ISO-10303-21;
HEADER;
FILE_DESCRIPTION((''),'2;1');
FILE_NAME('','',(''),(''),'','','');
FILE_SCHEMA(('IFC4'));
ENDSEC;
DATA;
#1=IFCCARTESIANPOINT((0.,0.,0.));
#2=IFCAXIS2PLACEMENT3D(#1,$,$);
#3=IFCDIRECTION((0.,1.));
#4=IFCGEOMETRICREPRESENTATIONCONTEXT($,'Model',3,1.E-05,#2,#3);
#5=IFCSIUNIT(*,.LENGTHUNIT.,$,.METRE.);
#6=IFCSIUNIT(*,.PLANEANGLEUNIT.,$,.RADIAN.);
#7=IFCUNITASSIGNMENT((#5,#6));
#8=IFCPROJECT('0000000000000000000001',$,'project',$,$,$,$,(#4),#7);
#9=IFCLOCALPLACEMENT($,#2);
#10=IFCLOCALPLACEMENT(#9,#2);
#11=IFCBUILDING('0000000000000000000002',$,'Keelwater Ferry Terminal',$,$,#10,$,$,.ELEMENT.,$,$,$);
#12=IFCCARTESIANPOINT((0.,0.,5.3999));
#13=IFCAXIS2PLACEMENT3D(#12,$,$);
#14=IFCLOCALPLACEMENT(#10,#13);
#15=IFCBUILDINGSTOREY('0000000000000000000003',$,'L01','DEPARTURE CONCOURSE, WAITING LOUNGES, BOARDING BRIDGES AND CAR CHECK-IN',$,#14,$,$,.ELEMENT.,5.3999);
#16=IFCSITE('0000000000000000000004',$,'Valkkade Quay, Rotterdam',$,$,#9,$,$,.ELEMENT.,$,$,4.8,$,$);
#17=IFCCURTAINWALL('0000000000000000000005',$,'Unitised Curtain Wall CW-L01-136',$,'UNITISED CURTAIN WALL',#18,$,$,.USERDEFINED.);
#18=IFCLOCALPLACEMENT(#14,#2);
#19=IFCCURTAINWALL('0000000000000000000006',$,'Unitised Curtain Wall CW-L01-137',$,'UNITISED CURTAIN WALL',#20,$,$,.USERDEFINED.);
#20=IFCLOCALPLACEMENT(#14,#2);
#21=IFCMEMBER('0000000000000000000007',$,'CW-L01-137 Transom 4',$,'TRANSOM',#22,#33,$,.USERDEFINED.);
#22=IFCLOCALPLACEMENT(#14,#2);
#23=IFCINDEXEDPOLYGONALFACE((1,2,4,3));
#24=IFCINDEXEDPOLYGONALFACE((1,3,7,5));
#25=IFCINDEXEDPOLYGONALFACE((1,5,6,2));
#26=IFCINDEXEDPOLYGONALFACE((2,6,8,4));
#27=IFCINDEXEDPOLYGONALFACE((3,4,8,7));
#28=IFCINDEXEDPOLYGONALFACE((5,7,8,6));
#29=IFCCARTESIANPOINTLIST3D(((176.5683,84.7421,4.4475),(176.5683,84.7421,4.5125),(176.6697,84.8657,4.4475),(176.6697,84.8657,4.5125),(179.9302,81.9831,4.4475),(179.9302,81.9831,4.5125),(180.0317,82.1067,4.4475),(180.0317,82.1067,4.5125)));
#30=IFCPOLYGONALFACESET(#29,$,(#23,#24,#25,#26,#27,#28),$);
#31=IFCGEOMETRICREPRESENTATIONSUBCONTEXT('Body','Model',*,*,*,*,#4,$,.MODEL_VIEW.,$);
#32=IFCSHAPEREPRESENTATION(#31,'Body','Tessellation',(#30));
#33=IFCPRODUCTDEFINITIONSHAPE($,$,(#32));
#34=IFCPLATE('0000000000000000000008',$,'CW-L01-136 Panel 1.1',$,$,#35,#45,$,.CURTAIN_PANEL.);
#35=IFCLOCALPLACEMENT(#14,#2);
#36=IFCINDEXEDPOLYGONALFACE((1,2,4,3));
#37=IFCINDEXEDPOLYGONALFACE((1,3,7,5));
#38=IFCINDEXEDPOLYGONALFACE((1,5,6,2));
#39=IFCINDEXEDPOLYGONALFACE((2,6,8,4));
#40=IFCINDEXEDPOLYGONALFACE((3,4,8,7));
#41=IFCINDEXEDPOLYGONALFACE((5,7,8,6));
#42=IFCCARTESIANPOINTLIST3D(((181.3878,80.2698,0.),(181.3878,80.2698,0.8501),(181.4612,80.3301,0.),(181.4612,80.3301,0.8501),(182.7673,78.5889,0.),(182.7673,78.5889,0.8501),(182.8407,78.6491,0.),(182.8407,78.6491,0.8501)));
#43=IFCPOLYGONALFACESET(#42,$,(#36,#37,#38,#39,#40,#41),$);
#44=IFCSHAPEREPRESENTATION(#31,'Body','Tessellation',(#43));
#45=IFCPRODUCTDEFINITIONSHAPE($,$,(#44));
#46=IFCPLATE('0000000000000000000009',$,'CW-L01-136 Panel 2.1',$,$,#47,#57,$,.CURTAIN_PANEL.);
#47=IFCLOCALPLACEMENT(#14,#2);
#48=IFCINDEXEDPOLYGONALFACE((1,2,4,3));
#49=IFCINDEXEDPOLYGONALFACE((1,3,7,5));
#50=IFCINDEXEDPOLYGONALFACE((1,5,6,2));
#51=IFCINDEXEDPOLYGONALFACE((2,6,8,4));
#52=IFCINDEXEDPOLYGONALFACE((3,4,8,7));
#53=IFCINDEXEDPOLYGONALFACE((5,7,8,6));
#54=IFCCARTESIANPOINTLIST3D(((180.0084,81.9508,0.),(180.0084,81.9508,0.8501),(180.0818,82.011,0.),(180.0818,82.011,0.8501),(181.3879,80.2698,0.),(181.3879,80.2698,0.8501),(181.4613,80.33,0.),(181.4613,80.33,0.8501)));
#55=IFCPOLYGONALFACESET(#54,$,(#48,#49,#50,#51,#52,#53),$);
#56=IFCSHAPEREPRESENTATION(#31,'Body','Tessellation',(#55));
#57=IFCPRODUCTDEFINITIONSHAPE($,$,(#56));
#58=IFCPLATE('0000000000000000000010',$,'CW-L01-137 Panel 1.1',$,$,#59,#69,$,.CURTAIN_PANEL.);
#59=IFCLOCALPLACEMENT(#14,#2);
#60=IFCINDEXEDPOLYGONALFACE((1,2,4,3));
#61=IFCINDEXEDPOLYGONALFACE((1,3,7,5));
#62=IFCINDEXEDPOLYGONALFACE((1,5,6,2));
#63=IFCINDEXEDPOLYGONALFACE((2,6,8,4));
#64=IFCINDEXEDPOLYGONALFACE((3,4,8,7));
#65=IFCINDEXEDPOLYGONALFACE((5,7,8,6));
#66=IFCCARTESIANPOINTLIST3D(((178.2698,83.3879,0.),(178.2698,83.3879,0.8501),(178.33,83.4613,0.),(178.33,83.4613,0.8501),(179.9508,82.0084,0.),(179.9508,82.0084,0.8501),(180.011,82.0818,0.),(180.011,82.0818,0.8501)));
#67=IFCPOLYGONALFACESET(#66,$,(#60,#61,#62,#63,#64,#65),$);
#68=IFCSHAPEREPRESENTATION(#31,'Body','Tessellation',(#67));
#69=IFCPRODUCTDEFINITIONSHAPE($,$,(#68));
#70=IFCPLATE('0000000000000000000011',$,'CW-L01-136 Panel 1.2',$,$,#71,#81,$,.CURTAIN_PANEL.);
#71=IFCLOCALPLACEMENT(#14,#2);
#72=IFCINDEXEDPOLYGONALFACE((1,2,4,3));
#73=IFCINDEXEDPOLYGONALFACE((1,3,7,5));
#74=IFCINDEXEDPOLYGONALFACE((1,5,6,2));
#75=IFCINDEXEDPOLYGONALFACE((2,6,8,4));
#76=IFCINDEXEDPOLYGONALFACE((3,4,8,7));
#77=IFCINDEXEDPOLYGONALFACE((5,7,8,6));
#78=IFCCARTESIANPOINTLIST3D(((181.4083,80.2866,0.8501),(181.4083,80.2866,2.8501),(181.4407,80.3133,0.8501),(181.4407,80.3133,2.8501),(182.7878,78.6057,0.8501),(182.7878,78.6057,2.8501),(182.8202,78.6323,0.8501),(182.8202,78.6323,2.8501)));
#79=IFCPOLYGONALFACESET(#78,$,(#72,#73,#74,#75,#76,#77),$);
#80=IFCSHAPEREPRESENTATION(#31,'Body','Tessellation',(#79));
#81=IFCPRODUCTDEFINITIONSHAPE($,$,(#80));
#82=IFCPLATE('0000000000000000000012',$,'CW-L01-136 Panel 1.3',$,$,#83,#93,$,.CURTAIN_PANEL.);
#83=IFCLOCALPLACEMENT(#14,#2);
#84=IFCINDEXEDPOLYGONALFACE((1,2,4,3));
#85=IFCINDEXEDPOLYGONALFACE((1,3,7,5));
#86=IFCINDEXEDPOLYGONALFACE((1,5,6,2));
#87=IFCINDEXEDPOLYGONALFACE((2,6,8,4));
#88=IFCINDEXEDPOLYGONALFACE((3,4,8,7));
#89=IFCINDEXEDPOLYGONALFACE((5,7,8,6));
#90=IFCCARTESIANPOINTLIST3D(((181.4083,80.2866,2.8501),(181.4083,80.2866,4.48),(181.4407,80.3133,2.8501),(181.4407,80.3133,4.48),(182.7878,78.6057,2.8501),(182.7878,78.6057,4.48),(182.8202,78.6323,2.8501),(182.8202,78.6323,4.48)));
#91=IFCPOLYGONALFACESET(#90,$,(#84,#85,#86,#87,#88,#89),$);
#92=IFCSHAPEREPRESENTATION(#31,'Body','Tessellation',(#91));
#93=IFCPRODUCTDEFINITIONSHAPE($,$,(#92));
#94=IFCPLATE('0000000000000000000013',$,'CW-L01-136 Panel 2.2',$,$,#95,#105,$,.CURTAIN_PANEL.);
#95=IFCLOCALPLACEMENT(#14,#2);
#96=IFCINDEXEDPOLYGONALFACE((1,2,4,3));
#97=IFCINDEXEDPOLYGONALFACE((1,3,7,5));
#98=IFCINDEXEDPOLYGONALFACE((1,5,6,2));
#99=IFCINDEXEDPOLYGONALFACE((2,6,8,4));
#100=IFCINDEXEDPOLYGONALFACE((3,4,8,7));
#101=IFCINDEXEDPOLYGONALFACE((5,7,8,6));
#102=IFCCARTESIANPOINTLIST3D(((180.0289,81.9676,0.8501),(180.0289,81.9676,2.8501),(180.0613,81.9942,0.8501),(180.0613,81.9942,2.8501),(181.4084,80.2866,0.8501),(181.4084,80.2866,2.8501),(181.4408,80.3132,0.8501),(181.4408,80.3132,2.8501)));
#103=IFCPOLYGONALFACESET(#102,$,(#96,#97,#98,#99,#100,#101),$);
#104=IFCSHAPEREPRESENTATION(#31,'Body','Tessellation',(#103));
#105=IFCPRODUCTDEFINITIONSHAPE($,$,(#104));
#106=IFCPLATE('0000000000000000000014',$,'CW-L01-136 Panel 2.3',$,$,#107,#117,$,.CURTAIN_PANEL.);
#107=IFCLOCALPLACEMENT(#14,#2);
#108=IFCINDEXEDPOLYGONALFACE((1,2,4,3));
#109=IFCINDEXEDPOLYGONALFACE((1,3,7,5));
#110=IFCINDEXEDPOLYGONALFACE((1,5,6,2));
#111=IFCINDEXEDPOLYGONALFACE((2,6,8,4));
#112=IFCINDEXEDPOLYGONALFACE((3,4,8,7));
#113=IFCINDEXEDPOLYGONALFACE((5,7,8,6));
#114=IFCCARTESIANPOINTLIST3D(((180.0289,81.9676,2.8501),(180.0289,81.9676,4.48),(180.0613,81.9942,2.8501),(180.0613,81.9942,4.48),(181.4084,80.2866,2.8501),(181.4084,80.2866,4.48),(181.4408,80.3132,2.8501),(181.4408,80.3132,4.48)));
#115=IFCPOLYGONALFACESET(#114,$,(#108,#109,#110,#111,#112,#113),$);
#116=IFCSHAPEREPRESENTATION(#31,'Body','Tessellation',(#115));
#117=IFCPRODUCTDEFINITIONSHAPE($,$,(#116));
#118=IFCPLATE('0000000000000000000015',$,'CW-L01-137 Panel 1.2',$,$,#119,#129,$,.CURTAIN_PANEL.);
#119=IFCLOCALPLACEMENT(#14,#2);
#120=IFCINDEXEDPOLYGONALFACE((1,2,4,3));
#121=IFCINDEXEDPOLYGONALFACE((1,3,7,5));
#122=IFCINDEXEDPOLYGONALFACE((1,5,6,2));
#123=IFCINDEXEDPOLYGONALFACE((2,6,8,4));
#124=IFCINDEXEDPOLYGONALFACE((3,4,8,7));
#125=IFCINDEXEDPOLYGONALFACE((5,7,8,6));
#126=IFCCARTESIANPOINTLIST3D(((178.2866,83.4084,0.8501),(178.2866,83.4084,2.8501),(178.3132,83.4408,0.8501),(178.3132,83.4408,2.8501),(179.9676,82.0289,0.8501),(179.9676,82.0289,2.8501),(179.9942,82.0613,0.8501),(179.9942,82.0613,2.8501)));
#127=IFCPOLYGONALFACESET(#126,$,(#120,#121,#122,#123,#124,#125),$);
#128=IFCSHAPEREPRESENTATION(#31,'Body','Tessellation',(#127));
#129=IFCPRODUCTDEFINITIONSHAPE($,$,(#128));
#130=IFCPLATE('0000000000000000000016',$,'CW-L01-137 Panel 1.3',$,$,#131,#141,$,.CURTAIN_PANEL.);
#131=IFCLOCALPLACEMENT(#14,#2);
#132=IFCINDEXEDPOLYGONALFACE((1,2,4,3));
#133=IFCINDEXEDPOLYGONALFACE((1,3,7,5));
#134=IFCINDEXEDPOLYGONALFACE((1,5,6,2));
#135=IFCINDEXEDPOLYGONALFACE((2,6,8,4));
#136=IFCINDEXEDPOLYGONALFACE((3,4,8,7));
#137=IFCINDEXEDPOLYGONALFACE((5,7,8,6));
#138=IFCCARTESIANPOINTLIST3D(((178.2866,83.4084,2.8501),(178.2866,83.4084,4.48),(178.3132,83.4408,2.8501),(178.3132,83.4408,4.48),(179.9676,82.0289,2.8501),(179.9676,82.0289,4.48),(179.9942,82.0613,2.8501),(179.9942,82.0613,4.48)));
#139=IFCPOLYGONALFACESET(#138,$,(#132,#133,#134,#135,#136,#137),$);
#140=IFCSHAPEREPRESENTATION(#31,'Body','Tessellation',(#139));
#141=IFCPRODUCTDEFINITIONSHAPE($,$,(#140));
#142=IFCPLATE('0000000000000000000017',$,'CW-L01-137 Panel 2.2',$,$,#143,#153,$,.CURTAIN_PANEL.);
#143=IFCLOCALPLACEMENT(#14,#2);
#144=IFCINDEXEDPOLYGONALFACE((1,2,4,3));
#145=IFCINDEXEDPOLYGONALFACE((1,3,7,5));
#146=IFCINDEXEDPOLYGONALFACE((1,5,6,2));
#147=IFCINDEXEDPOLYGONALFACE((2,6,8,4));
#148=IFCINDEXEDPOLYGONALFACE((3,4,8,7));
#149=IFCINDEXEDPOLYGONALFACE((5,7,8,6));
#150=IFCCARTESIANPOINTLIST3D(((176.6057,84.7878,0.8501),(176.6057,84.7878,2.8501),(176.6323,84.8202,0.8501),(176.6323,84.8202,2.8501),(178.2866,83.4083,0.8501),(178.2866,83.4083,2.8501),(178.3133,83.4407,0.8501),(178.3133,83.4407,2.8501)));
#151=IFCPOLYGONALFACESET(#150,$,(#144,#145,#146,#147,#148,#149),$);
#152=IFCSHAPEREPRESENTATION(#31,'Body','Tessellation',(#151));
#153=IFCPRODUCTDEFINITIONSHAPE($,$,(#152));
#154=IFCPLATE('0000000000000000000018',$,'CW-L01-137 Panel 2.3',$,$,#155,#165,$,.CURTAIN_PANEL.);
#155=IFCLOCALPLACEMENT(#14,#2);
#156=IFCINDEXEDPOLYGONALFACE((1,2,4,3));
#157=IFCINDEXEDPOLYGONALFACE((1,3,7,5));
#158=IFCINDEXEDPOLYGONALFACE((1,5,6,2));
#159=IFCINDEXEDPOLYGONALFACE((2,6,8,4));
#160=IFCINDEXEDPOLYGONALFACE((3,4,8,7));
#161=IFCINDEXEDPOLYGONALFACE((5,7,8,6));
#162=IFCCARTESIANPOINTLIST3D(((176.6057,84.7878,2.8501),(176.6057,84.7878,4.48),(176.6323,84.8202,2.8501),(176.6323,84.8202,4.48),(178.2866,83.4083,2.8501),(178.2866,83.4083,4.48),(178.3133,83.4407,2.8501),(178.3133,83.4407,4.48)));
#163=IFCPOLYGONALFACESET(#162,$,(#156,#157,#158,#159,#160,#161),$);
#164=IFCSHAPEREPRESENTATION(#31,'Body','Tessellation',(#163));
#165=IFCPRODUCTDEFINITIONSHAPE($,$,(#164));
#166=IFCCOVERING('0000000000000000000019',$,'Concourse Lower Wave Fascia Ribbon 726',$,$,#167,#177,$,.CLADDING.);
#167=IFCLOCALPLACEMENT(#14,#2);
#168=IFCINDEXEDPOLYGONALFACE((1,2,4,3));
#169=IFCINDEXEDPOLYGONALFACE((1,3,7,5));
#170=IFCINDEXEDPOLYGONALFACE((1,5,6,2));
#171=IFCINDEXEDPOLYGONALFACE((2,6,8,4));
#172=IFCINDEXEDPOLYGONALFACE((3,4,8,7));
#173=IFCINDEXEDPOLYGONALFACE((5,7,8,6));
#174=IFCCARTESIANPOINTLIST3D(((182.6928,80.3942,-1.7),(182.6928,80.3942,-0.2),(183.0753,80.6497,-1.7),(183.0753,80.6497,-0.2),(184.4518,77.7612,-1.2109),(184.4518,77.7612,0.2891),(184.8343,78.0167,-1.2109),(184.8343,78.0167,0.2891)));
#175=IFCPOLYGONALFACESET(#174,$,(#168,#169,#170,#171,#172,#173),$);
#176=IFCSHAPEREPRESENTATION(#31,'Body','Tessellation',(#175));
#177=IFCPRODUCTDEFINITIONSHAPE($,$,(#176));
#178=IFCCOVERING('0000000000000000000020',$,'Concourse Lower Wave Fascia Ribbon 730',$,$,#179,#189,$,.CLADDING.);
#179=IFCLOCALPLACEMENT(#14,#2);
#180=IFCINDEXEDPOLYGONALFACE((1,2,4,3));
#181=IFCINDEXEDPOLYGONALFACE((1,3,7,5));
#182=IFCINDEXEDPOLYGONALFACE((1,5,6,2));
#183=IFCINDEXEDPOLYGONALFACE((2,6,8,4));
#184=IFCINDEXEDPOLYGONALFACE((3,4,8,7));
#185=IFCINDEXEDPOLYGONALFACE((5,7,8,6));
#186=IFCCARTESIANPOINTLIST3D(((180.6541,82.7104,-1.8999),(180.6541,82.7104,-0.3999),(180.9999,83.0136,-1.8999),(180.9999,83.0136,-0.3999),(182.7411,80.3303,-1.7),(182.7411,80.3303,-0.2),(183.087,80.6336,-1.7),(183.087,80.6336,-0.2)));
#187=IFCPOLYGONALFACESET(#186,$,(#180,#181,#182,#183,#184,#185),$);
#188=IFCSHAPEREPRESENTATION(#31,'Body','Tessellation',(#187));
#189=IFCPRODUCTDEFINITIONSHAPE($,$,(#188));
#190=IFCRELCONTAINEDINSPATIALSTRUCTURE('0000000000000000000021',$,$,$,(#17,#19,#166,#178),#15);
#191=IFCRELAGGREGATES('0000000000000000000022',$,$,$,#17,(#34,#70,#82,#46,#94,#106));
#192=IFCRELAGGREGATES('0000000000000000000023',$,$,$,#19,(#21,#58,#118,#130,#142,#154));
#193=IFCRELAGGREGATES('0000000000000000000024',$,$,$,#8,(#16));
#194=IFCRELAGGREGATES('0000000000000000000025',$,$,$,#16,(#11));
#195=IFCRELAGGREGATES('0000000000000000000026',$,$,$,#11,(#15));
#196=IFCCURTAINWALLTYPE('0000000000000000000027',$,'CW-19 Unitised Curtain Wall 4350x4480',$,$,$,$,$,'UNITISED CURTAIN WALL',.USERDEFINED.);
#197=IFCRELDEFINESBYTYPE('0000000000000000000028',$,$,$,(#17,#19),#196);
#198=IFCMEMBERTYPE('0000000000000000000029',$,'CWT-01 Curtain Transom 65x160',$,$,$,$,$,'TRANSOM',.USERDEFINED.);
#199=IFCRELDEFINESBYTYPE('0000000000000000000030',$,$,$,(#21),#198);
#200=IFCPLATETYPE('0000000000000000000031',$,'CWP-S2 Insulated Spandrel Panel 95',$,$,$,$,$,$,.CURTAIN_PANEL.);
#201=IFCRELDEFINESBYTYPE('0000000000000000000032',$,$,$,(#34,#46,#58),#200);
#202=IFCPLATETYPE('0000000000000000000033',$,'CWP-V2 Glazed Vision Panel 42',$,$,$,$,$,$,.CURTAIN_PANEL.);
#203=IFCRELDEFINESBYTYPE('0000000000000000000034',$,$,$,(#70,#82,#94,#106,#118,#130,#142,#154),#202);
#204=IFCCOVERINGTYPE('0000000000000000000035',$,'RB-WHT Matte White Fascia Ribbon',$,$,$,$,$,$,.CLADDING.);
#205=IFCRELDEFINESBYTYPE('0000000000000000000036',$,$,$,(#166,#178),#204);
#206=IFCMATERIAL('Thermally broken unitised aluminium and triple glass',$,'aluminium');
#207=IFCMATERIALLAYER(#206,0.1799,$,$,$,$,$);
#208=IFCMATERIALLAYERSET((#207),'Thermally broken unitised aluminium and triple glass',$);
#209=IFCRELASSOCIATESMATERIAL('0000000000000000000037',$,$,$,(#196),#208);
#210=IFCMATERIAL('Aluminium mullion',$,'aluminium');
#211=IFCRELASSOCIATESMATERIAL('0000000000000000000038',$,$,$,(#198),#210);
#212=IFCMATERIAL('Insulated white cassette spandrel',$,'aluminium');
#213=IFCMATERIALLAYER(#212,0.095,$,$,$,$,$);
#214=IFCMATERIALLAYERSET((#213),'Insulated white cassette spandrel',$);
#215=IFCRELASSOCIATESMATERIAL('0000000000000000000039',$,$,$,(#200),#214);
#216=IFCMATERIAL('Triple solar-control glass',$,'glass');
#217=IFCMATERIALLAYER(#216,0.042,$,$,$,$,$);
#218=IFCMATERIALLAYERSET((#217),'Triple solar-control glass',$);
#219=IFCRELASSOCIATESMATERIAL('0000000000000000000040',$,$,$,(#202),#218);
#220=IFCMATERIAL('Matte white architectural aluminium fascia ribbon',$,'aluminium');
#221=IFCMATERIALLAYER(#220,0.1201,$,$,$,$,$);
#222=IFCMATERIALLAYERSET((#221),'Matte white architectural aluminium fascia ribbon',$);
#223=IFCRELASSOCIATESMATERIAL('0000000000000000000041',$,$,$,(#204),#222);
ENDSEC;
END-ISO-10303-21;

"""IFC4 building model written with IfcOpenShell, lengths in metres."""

from ifc_helpers import new_model, si_unit, direction, frame, origin, origin_2d, place, context, subcontext, project, spatial, polyline, rectangle, outline, extrude, material, layer, layer_set, material_profile, profile_set, type_object, element, aggregate, save


model = new_model("IFC4")

# Units and contexts
model_context = context("Model", 3, precision=1e-05, world=origin(), true_north=direction((0.0, 1.0)))
body_context = subcontext(model_context, "Body", "Model", "MODEL_VIEW")
ifc_project = project(units=[si_unit("LENGTHUNIT", "METRE"), si_unit("PLANEANGLEUNIT", "RADIAN")], contexts=[model_context])

# Site, building, storey
site_placement = place(None, origin())
site = spatial("IfcSite", under=ifc_project, at=site_placement, Name="Valkkade Quay, Rotterdam", CompositionType="ELEMENT", RefElevation=4.8)
building_placement = place(site_placement, origin())
building = spatial("IfcBuilding", under=site, at=building_placement, Name="Keelwater Ferry Terminal", CompositionType="ELEMENT")
storey_placement = place(building_placement, frame((0.0, 0.0, 5.3999)))
storey = spatial("IfcBuildingStorey", under=building, at=storey_placement, Name="L01", Description="DEPARTURE CONCOURSE, WAITING LOUNGES, BOARDING BRIDGES AND CAR CHECK-IN", CompositionType="ELEMENT", Elevation=5.3999)

# Shared definitions
ifc_material_1 = material(Name="Thermally broken unitised aluminium and triple glass", Category="aluminium")
ifc_layer_1 = layer(ifc_material_1, 0.1799)
ifc_layer_set_1 = layer_set([ifc_layer_1], Name="Thermally broken unitised aluminium and triple glass")
curtain_wall_type = type_object("IfcCurtainWallType", Name="CW-19 Unitised Curtain Wall 4350x4480", ElementType="UNITISED CURTAIN WALL", PredefinedType="USERDEFINED", material=ifc_layer_set_1)

# Curtain walls
curtain_wall_1_placement = place(storey_placement, origin())
curtain_wall_1 = element("IfcCurtainWall", 1, at=curtain_wall_1_placement, inside=storey, type_object=curtain_wall_type, Name="Unitised Curtain Wall CW-L01-136", ObjectType="UNITISED CURTAIN WALL", PredefinedType="USERDEFINED")
curtain_wall_2_placement = place(storey_placement, origin())
curtain_wall_2 = element("IfcCurtainWall", 2, at=curtain_wall_2_placement, inside=storey, type_object=curtain_wall_type, Name="Unitised Curtain Wall CW-L01-137", ObjectType="UNITISED CURTAIN WALL", PredefinedType="USERDEFINED")

# Member
ifc_material_2 = material(Name="Aluminium mullion", Category="aluminium")
ifc_material_profile_1 = material_profile(ifc_material_2, rectangle(XDim=0.1599, YDim=0.0649, at=origin_2d()), Name="CWT-01")
ifc_profile_set_1 = profile_set([ifc_material_profile_1], Name="Aluminium mullion")
member_type_1 = type_object("IfcMemberType", Name="CWT-01 Curtain Transom 65x160", ElementType="TRANSOM", PredefinedType="USERDEFINED", material=ifc_profile_set_1)
member_1_placement = place(storey_placement, frame((179.981, 82.0449, 4.48), z_axis=(-0.773026, 0.634374, 0.0), x_axis=(-0.634374, -0.773026, 0.0)))
member_1 = element("IfcMember", 3, at=member_1_placement, type_object=member_type_1, Name="CW-L01-137 Transom 4", ObjectType="TRANSOM", PredefinedType="USERDEFINED", context=body_context, shape_type="SweptSolid", body=[
    extrude(rectangle(XDim=0.1599, YDim=0.0649, at=origin_2d()), origin(), (0.0, 0.0, 1.0), 4.3491),
])

# Plates
ifc_material_3 = material(Name="Insulated white cassette spandrel", Category="aluminium")
ifc_layer_2 = layer(ifc_material_3, 0.095)
ifc_layer_set_2 = layer_set([ifc_layer_2], Name="Insulated white cassette spandrel")
plate_type_1 = type_object("IfcPlateType", Name="CWP-S2 Insulated Spandrel Panel 95", PredefinedType="CURTAIN_PANEL", material=ifc_layer_set_2)
plate_1_placement = place(storey_placement, frame((182.1143, 79.4595, 0.0), z_axis=(0.0, 0.0, 1.0), x_axis=(-0.634377, 0.773024, 0.0)))
plate_1 = element("IfcPlate", 4, at=plate_1_placement, type_object=plate_type_1, Name="CW-L01-136 Panel 1.1", PredefinedType="CURTAIN_PANEL", context=body_context, shape_type="SweptSolid", body=[
    extrude(rectangle(XDim=2.1746, YDim=0.095, at=origin_2d()), origin(), (0.0, 0.0, 1.0), 0.8501),
])
plate_2_placement = place(storey_placement, frame((180.7349, 81.1404, 0.0), z_axis=(0.0, 0.0, 1.0), x_axis=(-0.634377, 0.773024, 0.0)))
plate_2 = element("IfcPlate", 5, at=plate_2_placement, type_object=plate_type_1, Name="CW-L01-136 Panel 2.1", PredefinedType="CURTAIN_PANEL", context=body_context, shape_type="SweptSolid", body=[
    extrude(rectangle(XDim=2.1746, YDim=0.095, at=origin_2d()), origin(), (0.0, 0.0, 1.0), 0.8501),
])
plate_3_placement = place(storey_placement, frame((179.1404, 82.7349, 0.0), z_axis=(0.0, 0.0, 1.0), x_axis=(-0.773024, 0.634377, 0.0)))
plate_3 = element("IfcPlate", 6, at=plate_3_placement, type_object=plate_type_1, Name="CW-L01-137 Panel 1.1", PredefinedType="CURTAIN_PANEL", context=body_context, shape_type="SweptSolid", body=[
    extrude(rectangle(XDim=2.1746, YDim=0.095, at=origin_2d()), origin(), (0.0, 0.0, 1.0), 0.8501),
])
ifc_material_4 = material(Name="Triple solar-control glass", Category="glass")
ifc_layer_3 = layer(ifc_material_4, 0.042)
ifc_layer_set_3 = layer_set([ifc_layer_3], Name="Triple solar-control glass")
plate_type_2 = type_object("IfcPlateType", Name="CWP-V2 Glazed Vision Panel 42", PredefinedType="CURTAIN_PANEL", material=ifc_layer_set_3)
plate_4_placement = place(storey_placement, frame((182.1143, 79.4595, 0.8501), z_axis=(0.0, 0.0, 1.0), x_axis=(-0.634377, 0.773024, 0.0)))
plate_4 = element("IfcPlate", 7, at=plate_4_placement, type_object=plate_type_2, Name="CW-L01-136 Panel 1.2", PredefinedType="CURTAIN_PANEL", context=body_context, shape_type="SweptSolid", body=[
    extrude(rectangle(XDim=2.1746, YDim=0.042, at=origin_2d()), origin(), (0.0, 0.0, 1.0), 2.0),
])
plate_5_placement = place(storey_placement, frame((182.1143, 79.4595, 2.8501), z_axis=(0.0, 0.0, 1.0), x_axis=(-0.634377, 0.773024, 0.0)))
plate_5 = element("IfcPlate", 8, at=plate_5_placement, type_object=plate_type_2, Name="CW-L01-136 Panel 1.3", PredefinedType="CURTAIN_PANEL", context=body_context, shape_type="SweptSolid", body=[
    extrude(rectangle(XDim=2.1746, YDim=0.042, at=origin_2d()), origin(), (0.0, 0.0, 1.0), 1.6299),
])
plate_6_placement = place(storey_placement, frame((180.7349, 81.1404, 0.8501), z_axis=(0.0, 0.0, 1.0), x_axis=(-0.634377, 0.773024, 0.0)))
plate_6 = element("IfcPlate", 9, at=plate_6_placement, type_object=plate_type_2, Name="CW-L01-136 Panel 2.2", PredefinedType="CURTAIN_PANEL", context=body_context, shape_type="SweptSolid", body=[
    extrude(rectangle(XDim=2.1746, YDim=0.042, at=origin_2d()), origin(), (0.0, 0.0, 1.0), 2.0),
])
plate_7_placement = place(storey_placement, frame((180.7349, 81.1404, 2.8501), z_axis=(0.0, 0.0, 1.0), x_axis=(-0.634377, 0.773024, 0.0)))
plate_7 = element("IfcPlate", 10, at=plate_7_placement, type_object=plate_type_2, Name="CW-L01-136 Panel 2.3", PredefinedType="CURTAIN_PANEL", context=body_context, shape_type="SweptSolid", body=[
    extrude(rectangle(XDim=2.1746, YDim=0.042, at=origin_2d()), origin(), (0.0, 0.0, 1.0), 1.6299),
])
aggregate(curtain_wall_1, [plate_1, plate_4, plate_5, plate_2, plate_6, plate_7])
plate_8_placement = place(storey_placement, frame((179.1404, 82.7349, 0.8501), z_axis=(0.0, 0.0, 1.0), x_axis=(-0.773024, 0.634377, 0.0)))
plate_8 = element("IfcPlate", 11, at=plate_8_placement, type_object=plate_type_2, Name="CW-L01-137 Panel 1.2", PredefinedType="CURTAIN_PANEL", context=body_context, shape_type="SweptSolid", body=[
    extrude(rectangle(XDim=2.1746, YDim=0.042, at=origin_2d()), origin(), (0.0, 0.0, 1.0), 2.0),
])
plate_9_placement = place(storey_placement, frame((179.1404, 82.7349, 2.8501), z_axis=(0.0, 0.0, 1.0), x_axis=(-0.773024, 0.634377, 0.0)))
plate_9 = element("IfcPlate", 12, at=plate_9_placement, type_object=plate_type_2, Name="CW-L01-137 Panel 1.3", PredefinedType="CURTAIN_PANEL", context=body_context, shape_type="SweptSolid", body=[
    extrude(rectangle(XDim=2.1746, YDim=0.042, at=origin_2d()), origin(), (0.0, 0.0, 1.0), 1.6299),
])
plate_10_placement = place(storey_placement, frame((177.4595, 84.1143, 0.8501), z_axis=(0.0, 0.0, 1.0), x_axis=(-0.773024, 0.634377, 0.0)))
plate_10 = element("IfcPlate", 13, at=plate_10_placement, type_object=plate_type_2, Name="CW-L01-137 Panel 2.2", PredefinedType="CURTAIN_PANEL", context=body_context, shape_type="SweptSolid", body=[
    extrude(rectangle(XDim=2.1746, YDim=0.042, at=origin_2d()), origin(), (0.0, 0.0, 1.0), 2.0),
])
plate_11_placement = place(storey_placement, frame((177.4595, 84.1143, 2.8501), z_axis=(0.0, 0.0, 1.0), x_axis=(-0.773024, 0.634377, 0.0)))
plate_11 = element("IfcPlate", 14, at=plate_11_placement, type_object=plate_type_2, Name="CW-L01-137 Panel 2.3", PredefinedType="CURTAIN_PANEL", context=body_context, shape_type="SweptSolid", body=[
    extrude(rectangle(XDim=2.1746, YDim=0.042, at=origin_2d()), origin(), (0.0, 0.0, 1.0), 1.6299),
])
aggregate(curtain_wall_2, [member_1, plate_3, plate_8, plate_9, plate_10, plate_11])

# Coverings
ifc_material_5 = material(Name="Matte white architectural aluminium fascia ribbon", Category="aluminium")
ifc_layer_4 = layer(ifc_material_5, 0.1201)
ifc_layer_set_4 = layer_set([ifc_layer_4], Name="Matte white architectural aluminium fascia ribbon")
covering_type = type_object("IfcCoveringType", Name="RB-WHT Matte White Fascia Ribbon", PredefinedType="CLADDING", material=ifc_layer_set_4)
covering_1_placement = place(storey_placement, frame((184.6431, 77.8889, -1.7), z_axis=(0.0, 0.0, 1.0), x_axis=(-0.555501, 0.831516, 0.0)))
element("IfcCovering", 15, at=covering_1_placement, inside=storey, type_object=covering_type, Name="Concourse Lower Wave Fascia Ribbon 726", PredefinedType="CLADDING", context=body_context, shape_type="SweptSolid", body=[
    extrude(outline(polyline([(0.0, 0.489), (3.1665, 0.0), (3.1665, 1.5), (0.0, 1.989), (0.0, 0.489)])), frame((0.0, 0.23, 0.0), z_axis=(0.0, -1.0, 0.0), x_axis=(1.0, 0.0, 0.0)), (0.0, 0.0, 1.0), 0.46),
])
covering_2_placement = place(storey_placement, frame((182.9141, 80.4819, -1.8999), z_axis=(0.0, 0.0, 1.0), x_axis=(-0.659318, 0.751864, 0.0)))
element("IfcCovering", 16, at=covering_2_placement, inside=storey, type_object=covering_type, Name="Concourse Lower Wave Fascia Ribbon 730", PredefinedType="CLADDING", context=body_context, shape_type="SweptSolid", body=[
    extrude(outline(polyline([(0.0, 0.2), (3.1655, 0.0), (3.1655, 1.5), (0.0, 1.7), (0.0, 0.2)])), frame((0.0, 0.23, 0.0), z_axis=(0.0, -1.0, 0.0), x_axis=(1.0, 0.0, 0.0)), (0.0, 0.0, 1.0), 0.46),
])

save(model, "model.ifc")
